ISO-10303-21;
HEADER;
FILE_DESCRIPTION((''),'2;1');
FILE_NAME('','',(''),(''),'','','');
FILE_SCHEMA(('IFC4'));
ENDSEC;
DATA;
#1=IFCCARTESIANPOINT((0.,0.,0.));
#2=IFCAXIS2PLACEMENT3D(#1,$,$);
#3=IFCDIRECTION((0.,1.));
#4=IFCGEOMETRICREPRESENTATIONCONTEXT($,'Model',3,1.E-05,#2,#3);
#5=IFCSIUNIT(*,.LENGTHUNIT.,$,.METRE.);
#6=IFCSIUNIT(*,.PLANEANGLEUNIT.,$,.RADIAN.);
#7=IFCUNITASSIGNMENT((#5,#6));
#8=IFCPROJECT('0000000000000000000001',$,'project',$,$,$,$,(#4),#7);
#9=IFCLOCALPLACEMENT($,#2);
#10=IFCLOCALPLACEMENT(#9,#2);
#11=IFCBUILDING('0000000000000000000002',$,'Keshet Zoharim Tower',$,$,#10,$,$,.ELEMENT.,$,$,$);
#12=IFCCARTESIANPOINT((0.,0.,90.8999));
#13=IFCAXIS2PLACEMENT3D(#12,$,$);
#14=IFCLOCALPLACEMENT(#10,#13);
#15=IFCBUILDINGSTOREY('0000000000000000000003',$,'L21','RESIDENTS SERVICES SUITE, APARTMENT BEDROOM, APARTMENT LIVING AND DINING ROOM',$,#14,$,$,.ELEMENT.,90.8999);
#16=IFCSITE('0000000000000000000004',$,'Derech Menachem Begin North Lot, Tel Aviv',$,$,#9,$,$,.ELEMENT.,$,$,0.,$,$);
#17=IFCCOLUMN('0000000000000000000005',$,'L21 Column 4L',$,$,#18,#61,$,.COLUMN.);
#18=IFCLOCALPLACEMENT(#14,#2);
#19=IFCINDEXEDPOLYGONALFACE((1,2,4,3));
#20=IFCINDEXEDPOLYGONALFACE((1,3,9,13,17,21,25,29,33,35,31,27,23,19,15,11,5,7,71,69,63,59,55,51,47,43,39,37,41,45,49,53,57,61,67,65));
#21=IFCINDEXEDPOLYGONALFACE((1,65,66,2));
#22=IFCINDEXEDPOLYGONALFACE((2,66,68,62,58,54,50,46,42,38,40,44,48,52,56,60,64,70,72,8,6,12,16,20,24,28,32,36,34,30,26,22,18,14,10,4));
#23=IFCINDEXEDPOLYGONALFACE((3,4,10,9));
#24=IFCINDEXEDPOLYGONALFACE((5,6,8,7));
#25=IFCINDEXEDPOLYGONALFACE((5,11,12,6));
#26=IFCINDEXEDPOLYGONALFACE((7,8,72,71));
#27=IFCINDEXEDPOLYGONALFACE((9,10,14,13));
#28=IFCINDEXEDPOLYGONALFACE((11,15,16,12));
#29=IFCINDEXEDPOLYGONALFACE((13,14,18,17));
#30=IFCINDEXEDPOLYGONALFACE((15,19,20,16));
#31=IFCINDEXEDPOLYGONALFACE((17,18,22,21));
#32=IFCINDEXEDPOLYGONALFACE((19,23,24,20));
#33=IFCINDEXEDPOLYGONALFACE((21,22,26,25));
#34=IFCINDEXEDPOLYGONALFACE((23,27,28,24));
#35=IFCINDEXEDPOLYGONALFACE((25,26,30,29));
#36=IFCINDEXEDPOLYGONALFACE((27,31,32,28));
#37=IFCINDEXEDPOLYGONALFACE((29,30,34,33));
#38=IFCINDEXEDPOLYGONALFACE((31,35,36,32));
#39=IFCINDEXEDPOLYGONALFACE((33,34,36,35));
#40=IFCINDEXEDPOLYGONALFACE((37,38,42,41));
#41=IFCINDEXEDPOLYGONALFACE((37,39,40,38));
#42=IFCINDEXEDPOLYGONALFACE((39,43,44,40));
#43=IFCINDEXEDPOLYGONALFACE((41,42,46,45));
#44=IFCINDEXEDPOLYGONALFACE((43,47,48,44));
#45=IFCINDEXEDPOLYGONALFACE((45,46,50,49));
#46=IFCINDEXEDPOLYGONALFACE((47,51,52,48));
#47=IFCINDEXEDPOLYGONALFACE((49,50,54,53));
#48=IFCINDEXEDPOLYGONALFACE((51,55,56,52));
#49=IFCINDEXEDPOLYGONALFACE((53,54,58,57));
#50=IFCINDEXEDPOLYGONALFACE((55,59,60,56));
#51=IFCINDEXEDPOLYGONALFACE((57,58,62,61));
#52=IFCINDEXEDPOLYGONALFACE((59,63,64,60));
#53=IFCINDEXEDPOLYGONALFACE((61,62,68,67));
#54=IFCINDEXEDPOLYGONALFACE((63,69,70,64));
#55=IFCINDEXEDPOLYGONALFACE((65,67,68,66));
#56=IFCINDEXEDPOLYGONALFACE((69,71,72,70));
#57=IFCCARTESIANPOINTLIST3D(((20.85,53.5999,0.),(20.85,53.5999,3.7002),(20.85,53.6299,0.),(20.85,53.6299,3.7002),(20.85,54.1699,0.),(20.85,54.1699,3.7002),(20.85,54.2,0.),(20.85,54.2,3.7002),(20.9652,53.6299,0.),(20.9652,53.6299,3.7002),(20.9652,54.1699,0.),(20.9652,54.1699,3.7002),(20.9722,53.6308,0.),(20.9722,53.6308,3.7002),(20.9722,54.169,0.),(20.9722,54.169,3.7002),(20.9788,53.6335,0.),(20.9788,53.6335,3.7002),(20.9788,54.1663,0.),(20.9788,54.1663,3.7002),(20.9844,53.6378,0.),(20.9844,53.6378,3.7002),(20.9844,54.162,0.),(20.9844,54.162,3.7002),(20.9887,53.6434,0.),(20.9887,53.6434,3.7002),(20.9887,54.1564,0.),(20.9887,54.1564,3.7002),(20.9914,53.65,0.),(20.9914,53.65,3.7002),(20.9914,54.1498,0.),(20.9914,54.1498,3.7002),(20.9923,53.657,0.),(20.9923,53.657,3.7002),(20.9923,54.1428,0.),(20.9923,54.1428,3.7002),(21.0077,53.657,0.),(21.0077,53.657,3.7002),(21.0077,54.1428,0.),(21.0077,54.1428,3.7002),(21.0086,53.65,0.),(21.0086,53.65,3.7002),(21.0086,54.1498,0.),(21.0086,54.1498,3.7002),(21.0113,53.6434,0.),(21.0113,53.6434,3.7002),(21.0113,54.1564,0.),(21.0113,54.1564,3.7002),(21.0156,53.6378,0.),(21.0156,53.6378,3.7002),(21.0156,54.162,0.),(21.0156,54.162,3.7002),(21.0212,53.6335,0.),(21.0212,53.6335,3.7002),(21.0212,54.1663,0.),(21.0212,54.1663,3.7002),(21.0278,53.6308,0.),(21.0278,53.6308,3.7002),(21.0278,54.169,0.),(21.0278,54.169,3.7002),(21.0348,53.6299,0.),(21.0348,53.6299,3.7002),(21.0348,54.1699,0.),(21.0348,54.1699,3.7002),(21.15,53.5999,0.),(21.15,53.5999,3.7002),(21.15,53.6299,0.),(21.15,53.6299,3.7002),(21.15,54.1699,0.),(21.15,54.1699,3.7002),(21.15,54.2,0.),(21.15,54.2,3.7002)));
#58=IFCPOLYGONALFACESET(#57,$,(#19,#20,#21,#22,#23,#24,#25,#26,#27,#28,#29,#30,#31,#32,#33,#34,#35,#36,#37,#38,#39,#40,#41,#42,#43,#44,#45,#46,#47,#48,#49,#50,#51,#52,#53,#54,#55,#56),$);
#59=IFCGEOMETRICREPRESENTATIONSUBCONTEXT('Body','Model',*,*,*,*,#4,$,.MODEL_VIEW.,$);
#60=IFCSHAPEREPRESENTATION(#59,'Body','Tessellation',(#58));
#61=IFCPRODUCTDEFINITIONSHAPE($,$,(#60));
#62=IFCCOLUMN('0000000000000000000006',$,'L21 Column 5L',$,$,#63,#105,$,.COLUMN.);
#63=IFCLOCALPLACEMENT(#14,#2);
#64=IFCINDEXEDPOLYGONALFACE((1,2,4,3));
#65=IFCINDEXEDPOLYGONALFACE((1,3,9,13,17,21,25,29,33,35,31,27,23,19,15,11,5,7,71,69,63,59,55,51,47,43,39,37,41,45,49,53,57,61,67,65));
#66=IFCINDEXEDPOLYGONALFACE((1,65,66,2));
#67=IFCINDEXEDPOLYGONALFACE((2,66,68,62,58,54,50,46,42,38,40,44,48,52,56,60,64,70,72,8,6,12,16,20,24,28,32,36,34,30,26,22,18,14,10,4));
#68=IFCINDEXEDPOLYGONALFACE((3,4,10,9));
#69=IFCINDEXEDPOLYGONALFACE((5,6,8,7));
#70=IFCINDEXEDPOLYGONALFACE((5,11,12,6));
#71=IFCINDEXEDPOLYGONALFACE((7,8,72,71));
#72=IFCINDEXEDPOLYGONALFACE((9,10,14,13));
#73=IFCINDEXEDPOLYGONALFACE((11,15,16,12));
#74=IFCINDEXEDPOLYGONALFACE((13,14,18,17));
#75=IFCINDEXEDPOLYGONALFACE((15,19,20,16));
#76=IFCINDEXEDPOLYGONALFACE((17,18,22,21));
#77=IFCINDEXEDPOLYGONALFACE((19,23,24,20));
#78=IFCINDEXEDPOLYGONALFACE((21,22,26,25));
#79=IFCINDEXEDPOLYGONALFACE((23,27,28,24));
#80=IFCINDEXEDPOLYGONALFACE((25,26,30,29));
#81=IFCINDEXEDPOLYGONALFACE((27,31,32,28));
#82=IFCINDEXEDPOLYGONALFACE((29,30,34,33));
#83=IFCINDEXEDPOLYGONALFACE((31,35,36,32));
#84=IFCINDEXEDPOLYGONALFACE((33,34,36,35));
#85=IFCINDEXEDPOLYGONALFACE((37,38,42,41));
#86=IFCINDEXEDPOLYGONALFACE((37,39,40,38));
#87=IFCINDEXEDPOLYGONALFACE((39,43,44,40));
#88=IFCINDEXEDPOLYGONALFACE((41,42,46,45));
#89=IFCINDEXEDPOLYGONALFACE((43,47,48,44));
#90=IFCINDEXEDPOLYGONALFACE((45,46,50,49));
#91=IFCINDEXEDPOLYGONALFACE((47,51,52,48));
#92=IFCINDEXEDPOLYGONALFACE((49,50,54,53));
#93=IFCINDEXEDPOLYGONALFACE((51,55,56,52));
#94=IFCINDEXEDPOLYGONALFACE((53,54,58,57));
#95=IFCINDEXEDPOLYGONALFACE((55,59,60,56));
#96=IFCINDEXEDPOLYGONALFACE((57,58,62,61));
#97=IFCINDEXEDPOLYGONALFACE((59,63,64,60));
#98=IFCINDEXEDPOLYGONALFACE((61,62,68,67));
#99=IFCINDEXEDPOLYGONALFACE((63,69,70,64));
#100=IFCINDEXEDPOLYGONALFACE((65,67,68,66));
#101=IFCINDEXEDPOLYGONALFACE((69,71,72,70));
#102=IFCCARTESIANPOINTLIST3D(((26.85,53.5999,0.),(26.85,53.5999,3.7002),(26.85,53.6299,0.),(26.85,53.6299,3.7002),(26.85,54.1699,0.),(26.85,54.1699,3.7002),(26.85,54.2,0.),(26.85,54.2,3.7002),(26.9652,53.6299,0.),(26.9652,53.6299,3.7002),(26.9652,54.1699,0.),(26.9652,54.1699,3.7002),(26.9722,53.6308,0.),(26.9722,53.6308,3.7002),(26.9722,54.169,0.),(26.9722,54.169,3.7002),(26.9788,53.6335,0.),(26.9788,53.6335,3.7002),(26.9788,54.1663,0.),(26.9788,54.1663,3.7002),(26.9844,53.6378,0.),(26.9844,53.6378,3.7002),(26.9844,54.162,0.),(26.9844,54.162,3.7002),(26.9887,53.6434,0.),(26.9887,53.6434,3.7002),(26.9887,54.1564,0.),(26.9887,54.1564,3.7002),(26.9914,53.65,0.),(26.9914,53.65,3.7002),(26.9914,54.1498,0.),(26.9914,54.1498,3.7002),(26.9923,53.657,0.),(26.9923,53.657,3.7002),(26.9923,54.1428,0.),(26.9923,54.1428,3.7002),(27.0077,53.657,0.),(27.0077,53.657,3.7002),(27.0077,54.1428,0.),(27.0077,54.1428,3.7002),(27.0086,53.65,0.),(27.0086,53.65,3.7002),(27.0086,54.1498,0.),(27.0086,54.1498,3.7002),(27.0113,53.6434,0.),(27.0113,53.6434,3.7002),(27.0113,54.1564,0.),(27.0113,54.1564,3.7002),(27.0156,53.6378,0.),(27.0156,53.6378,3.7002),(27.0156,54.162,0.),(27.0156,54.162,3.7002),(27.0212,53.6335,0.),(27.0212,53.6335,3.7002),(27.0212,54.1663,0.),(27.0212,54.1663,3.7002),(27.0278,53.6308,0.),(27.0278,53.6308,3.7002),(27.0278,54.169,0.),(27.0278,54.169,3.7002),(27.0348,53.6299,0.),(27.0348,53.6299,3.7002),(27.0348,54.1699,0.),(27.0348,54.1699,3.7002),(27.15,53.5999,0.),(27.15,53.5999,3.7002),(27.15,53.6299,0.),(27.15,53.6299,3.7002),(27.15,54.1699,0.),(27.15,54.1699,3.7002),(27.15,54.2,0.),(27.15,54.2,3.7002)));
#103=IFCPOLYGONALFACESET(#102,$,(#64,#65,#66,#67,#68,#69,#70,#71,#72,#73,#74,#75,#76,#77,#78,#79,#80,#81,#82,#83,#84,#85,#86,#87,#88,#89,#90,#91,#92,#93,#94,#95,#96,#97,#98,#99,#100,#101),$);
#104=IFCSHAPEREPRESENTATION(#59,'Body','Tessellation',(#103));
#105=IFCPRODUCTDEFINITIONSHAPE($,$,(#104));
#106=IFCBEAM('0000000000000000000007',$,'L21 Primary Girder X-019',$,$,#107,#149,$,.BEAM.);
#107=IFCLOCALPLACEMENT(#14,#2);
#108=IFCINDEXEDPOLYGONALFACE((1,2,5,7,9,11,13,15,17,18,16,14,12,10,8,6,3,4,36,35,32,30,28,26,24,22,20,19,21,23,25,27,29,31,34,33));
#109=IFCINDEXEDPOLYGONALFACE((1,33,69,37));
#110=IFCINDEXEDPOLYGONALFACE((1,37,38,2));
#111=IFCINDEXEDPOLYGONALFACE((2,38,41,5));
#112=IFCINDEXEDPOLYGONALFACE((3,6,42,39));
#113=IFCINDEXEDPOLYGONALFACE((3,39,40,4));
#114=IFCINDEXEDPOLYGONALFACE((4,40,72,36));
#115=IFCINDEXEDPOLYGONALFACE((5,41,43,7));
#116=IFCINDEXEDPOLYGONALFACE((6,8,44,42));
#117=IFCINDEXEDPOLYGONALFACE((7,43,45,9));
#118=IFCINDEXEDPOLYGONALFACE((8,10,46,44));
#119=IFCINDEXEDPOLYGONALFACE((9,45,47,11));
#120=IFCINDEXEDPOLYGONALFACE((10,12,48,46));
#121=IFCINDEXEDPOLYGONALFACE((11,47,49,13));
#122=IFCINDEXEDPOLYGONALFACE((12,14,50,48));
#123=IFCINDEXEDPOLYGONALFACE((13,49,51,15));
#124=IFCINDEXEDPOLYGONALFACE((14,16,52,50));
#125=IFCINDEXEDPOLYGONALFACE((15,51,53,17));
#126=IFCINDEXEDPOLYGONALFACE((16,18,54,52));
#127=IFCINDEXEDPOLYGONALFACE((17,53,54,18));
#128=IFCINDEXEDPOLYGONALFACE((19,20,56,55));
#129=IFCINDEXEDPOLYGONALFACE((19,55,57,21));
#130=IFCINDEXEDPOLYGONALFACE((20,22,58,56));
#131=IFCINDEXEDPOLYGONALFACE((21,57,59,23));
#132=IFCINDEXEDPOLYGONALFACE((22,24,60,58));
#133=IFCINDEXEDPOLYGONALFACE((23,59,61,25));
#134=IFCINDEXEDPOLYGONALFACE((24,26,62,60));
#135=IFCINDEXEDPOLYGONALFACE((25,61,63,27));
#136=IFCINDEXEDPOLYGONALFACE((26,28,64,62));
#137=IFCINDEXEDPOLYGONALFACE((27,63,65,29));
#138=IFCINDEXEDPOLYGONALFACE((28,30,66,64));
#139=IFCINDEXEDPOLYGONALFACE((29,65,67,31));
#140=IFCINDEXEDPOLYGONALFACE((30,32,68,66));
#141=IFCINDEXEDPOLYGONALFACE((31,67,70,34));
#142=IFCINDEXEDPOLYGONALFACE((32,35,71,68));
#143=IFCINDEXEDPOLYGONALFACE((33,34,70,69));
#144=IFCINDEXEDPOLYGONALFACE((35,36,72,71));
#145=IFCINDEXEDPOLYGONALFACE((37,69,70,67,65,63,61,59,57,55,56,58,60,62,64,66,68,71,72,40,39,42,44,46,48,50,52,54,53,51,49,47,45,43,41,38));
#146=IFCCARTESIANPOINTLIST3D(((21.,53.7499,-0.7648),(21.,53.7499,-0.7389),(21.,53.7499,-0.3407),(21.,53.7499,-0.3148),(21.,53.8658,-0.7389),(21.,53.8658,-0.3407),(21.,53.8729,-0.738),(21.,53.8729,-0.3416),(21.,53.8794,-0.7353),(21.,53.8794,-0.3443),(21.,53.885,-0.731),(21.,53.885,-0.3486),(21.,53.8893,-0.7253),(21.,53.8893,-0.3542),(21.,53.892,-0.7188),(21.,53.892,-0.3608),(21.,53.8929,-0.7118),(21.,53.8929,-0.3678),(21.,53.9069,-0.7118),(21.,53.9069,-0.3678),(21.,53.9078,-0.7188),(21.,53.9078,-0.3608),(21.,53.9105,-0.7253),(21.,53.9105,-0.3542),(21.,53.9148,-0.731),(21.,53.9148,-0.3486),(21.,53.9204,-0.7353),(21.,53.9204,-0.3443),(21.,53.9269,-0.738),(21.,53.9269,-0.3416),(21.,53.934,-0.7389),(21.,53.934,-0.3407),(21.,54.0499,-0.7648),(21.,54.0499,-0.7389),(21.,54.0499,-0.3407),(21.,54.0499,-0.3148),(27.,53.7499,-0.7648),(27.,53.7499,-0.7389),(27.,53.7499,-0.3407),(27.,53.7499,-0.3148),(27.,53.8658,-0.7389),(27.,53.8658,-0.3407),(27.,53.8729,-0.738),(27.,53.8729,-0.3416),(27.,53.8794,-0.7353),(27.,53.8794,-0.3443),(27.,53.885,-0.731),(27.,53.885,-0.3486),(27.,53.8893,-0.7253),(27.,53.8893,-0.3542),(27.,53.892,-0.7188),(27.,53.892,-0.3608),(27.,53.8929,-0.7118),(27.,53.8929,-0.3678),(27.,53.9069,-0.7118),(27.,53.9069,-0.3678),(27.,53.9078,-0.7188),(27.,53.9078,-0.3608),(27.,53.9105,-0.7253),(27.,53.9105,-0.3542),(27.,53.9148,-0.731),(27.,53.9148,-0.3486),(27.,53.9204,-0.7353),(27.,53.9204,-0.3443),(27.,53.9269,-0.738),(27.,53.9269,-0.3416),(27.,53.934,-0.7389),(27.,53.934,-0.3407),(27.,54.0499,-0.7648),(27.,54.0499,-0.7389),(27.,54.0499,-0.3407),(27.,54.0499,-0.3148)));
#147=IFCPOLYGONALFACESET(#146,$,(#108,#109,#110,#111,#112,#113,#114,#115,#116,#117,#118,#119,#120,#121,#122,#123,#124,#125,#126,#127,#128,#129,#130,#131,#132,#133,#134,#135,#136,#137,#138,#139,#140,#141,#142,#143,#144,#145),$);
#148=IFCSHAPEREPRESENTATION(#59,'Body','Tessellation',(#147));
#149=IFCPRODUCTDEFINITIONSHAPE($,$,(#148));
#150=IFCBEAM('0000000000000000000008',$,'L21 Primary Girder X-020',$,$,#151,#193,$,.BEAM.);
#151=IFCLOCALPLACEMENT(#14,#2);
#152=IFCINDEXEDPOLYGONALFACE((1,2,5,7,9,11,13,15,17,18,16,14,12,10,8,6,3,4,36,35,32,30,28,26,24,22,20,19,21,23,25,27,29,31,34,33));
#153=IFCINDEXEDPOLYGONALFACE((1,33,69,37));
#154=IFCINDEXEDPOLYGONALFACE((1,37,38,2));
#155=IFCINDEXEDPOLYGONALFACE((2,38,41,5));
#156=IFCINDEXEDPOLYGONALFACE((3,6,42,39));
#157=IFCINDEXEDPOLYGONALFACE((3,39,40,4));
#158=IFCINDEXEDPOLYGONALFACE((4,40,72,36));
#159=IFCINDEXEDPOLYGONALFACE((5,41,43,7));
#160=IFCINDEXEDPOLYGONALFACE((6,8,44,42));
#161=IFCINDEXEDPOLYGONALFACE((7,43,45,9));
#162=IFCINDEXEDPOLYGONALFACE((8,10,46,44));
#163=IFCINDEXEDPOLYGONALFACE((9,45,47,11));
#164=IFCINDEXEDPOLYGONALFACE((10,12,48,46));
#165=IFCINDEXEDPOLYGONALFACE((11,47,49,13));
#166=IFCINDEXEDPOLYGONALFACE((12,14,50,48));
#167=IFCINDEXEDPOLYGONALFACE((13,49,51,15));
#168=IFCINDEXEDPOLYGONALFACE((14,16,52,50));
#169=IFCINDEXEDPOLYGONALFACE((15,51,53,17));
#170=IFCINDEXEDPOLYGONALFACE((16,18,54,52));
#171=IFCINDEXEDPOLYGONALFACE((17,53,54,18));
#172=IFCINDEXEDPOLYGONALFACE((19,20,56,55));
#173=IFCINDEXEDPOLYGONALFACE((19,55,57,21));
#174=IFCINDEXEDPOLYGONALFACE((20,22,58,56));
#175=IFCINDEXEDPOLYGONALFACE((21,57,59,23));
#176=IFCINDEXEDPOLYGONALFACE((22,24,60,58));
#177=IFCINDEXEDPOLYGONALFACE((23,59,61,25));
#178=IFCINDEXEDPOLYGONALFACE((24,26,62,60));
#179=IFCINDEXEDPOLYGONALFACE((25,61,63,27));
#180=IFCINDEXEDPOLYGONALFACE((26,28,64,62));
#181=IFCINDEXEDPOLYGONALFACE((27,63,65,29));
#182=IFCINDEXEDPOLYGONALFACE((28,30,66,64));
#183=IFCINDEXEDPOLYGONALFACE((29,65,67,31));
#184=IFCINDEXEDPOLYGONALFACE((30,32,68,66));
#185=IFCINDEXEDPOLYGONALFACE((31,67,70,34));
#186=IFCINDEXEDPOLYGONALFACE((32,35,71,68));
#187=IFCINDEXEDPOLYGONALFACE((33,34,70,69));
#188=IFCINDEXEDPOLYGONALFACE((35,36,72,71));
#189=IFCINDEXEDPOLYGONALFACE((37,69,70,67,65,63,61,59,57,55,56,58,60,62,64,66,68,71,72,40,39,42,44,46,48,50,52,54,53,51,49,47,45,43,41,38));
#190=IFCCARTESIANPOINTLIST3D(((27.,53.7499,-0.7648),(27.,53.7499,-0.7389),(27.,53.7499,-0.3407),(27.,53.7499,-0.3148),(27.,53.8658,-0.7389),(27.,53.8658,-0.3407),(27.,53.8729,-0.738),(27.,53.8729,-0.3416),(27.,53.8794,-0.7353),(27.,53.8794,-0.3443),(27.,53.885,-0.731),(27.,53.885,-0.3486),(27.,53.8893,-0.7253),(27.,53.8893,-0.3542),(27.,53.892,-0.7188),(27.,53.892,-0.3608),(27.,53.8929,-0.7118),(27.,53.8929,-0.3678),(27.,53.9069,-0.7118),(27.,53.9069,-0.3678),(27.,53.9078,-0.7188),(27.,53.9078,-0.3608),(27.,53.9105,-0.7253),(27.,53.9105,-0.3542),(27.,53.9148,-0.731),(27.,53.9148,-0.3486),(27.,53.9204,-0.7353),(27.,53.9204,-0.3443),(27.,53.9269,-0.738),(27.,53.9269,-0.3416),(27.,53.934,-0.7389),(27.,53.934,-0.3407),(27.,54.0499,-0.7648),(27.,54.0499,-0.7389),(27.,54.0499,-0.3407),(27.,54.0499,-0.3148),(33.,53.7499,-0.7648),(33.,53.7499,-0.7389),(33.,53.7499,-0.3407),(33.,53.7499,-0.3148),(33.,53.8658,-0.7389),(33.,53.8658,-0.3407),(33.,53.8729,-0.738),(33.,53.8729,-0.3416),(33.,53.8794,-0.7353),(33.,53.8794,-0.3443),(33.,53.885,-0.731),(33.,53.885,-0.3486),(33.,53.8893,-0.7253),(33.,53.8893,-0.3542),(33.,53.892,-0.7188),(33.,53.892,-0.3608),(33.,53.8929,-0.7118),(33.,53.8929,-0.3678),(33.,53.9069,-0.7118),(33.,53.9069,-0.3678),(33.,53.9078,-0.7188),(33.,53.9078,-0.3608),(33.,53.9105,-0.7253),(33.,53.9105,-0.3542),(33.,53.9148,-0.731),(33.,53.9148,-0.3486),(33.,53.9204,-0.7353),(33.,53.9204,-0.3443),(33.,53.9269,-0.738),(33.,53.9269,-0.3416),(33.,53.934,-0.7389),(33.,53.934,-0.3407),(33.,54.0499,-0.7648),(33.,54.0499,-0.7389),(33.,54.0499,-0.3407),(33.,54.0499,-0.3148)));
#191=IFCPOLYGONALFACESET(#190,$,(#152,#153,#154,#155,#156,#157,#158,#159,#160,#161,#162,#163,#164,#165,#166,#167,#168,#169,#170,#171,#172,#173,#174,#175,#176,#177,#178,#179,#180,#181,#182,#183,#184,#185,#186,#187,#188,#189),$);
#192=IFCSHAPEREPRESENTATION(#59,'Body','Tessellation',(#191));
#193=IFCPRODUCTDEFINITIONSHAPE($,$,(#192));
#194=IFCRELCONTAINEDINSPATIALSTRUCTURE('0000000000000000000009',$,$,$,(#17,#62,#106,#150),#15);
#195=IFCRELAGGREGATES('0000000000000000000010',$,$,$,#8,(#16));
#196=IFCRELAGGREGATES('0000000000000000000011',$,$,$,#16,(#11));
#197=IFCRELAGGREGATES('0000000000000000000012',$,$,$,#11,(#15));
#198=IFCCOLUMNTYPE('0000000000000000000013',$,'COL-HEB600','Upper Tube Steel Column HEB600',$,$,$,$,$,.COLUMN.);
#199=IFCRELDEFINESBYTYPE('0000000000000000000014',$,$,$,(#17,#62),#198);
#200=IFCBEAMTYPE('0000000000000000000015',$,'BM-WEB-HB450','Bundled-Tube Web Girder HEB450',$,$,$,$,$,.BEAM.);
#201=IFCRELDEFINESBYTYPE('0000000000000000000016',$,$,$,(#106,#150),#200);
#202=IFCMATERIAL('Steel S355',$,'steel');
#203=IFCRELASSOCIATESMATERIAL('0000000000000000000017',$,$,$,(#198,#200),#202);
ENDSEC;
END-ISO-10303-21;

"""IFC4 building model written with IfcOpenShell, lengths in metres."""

from ifc_helpers import new_model, si_unit, direction, frame, origin, origin_2d, place, context, subcontext, project, spatial, i_section, extrude, material, material_profile, profile_set, type_object, element, save


model = new_model("IFC4")

# Units and contexts
model_context = context("Model", 3, precision=1e-05, world=origin(), true_north=direction((0.0, 1.0)))
body_context = subcontext(model_context, "Body", "Model", "MODEL_VIEW")
ifc_project = project(units=[si_unit("LENGTHUNIT", "METRE"), si_unit("PLANEANGLEUNIT", "RADIAN")], contexts=[model_context])

# Site, building, storey
site_placement = place(None, origin())
site = spatial("IfcSite", under=ifc_project, at=site_placement, Name="Derech Menachem Begin North Lot, Tel Aviv", CompositionType="ELEMENT", RefElevation=0.0)
building_placement = place(site_placement, origin())
building = spatial("IfcBuilding", under=site, at=building_placement, Name="Keshet Zoharim Tower", CompositionType="ELEMENT")
storey_placement = place(building_placement, frame((0.0, 0.0, 90.8999)))
storey = spatial("IfcBuildingStorey", under=building, at=storey_placement, Name="L21", Description="RESIDENTS SERVICES SUITE, APARTMENT BEDROOM, APARTMENT LIVING AND DINING ROOM", CompositionType="ELEMENT", Elevation=90.8999)

# Columns
ifc_material_1 = material(Name="Steel S355", Category="steel")
ifc_material_profile_1 = material_profile(ifc_material_1, i_section(OverallWidth=0.3, OverallDepth=0.6001, WebThickness=0.0154, FlangeThickness=0.03, FilletRadius=0.0271, at=origin_2d()), Name="HEB600")
ifc_profile_set_1 = profile_set([ifc_material_profile_1], Name="Steel S355")
column_type = type_object("IfcColumnType", Name="COL-HEB600", Description="Upper Tube Steel Column HEB600", PredefinedType="COLUMN", material=ifc_profile_set_1)
for number, where, z_axis, x_axis, name in (
    (1, (21.0, 53.8999, 0.0), (0.0, 0.0, 1.0), (1.0, 0.0, 0.0), "L21 Column 4L"),
    (2, (27.0, 53.8999, 0.0), (0.0, 0.0, 1.0), (1.0, 0.0, 0.0), "L21 Column 5L"),
):
    element("IfcColumn", number, at=place(storey_placement, frame(where, z_axis=z_axis, x_axis=x_axis)), inside=storey, type_object=column_type, Name=name, PredefinedType="COLUMN", context=body_context, shape_type="SweptSolid", body=[
        extrude(i_section(OverallWidth=0.3, OverallDepth=0.6001, WebThickness=0.0154, FlangeThickness=0.03, FilletRadius=0.0271, at=origin_2d()), origin(), (0.0, 0.0, 1.0), 3.7002),
    ])

# Beams
ifc_material_profile_2 = material_profile(ifc_material_1, i_section(OverallWidth=0.3, OverallDepth=0.45, WebThickness=0.0139, FlangeThickness=0.0259, FilletRadius=0.0271, at=origin_2d()), Name="HEB450")
ifc_profile_set_2 = profile_set([ifc_material_profile_2], Name="Steel S355")
beam_type = type_object("IfcBeamType", Name="BM-WEB-HB450", Description="Bundled-Tube Web Girder HEB450", PredefinedType="BEAM", material=ifc_profile_set_2)
for number, where, z_axis, x_axis, name in (
    (3, (21.0, 53.8999, -0.5398), (1.0, 0.0, 0.0), (0.0, 1.0, 0.0), "L21 Primary Girder X-019"),
    (4, (27.0, 53.8999, -0.5398), (1.0, 0.0, 0.0), (0.0, 1.0, 0.0), "L21 Primary Girder X-020"),
):
    element("IfcBeam", number, at=place(storey_placement, frame(where, z_axis=z_axis, x_axis=x_axis)), inside=storey, type_object=beam_type, Name=name, PredefinedType="BEAM", context=body_context, shape_type="SweptSolid", body=[
        extrude(i_section(OverallWidth=0.3, OverallDepth=0.45, WebThickness=0.0139, FlangeThickness=0.0259, FilletRadius=0.0271, at=origin_2d()), origin(), (0.0, 0.0, 1.0), 6.0),
    ])

save(model, "model.ifc")
